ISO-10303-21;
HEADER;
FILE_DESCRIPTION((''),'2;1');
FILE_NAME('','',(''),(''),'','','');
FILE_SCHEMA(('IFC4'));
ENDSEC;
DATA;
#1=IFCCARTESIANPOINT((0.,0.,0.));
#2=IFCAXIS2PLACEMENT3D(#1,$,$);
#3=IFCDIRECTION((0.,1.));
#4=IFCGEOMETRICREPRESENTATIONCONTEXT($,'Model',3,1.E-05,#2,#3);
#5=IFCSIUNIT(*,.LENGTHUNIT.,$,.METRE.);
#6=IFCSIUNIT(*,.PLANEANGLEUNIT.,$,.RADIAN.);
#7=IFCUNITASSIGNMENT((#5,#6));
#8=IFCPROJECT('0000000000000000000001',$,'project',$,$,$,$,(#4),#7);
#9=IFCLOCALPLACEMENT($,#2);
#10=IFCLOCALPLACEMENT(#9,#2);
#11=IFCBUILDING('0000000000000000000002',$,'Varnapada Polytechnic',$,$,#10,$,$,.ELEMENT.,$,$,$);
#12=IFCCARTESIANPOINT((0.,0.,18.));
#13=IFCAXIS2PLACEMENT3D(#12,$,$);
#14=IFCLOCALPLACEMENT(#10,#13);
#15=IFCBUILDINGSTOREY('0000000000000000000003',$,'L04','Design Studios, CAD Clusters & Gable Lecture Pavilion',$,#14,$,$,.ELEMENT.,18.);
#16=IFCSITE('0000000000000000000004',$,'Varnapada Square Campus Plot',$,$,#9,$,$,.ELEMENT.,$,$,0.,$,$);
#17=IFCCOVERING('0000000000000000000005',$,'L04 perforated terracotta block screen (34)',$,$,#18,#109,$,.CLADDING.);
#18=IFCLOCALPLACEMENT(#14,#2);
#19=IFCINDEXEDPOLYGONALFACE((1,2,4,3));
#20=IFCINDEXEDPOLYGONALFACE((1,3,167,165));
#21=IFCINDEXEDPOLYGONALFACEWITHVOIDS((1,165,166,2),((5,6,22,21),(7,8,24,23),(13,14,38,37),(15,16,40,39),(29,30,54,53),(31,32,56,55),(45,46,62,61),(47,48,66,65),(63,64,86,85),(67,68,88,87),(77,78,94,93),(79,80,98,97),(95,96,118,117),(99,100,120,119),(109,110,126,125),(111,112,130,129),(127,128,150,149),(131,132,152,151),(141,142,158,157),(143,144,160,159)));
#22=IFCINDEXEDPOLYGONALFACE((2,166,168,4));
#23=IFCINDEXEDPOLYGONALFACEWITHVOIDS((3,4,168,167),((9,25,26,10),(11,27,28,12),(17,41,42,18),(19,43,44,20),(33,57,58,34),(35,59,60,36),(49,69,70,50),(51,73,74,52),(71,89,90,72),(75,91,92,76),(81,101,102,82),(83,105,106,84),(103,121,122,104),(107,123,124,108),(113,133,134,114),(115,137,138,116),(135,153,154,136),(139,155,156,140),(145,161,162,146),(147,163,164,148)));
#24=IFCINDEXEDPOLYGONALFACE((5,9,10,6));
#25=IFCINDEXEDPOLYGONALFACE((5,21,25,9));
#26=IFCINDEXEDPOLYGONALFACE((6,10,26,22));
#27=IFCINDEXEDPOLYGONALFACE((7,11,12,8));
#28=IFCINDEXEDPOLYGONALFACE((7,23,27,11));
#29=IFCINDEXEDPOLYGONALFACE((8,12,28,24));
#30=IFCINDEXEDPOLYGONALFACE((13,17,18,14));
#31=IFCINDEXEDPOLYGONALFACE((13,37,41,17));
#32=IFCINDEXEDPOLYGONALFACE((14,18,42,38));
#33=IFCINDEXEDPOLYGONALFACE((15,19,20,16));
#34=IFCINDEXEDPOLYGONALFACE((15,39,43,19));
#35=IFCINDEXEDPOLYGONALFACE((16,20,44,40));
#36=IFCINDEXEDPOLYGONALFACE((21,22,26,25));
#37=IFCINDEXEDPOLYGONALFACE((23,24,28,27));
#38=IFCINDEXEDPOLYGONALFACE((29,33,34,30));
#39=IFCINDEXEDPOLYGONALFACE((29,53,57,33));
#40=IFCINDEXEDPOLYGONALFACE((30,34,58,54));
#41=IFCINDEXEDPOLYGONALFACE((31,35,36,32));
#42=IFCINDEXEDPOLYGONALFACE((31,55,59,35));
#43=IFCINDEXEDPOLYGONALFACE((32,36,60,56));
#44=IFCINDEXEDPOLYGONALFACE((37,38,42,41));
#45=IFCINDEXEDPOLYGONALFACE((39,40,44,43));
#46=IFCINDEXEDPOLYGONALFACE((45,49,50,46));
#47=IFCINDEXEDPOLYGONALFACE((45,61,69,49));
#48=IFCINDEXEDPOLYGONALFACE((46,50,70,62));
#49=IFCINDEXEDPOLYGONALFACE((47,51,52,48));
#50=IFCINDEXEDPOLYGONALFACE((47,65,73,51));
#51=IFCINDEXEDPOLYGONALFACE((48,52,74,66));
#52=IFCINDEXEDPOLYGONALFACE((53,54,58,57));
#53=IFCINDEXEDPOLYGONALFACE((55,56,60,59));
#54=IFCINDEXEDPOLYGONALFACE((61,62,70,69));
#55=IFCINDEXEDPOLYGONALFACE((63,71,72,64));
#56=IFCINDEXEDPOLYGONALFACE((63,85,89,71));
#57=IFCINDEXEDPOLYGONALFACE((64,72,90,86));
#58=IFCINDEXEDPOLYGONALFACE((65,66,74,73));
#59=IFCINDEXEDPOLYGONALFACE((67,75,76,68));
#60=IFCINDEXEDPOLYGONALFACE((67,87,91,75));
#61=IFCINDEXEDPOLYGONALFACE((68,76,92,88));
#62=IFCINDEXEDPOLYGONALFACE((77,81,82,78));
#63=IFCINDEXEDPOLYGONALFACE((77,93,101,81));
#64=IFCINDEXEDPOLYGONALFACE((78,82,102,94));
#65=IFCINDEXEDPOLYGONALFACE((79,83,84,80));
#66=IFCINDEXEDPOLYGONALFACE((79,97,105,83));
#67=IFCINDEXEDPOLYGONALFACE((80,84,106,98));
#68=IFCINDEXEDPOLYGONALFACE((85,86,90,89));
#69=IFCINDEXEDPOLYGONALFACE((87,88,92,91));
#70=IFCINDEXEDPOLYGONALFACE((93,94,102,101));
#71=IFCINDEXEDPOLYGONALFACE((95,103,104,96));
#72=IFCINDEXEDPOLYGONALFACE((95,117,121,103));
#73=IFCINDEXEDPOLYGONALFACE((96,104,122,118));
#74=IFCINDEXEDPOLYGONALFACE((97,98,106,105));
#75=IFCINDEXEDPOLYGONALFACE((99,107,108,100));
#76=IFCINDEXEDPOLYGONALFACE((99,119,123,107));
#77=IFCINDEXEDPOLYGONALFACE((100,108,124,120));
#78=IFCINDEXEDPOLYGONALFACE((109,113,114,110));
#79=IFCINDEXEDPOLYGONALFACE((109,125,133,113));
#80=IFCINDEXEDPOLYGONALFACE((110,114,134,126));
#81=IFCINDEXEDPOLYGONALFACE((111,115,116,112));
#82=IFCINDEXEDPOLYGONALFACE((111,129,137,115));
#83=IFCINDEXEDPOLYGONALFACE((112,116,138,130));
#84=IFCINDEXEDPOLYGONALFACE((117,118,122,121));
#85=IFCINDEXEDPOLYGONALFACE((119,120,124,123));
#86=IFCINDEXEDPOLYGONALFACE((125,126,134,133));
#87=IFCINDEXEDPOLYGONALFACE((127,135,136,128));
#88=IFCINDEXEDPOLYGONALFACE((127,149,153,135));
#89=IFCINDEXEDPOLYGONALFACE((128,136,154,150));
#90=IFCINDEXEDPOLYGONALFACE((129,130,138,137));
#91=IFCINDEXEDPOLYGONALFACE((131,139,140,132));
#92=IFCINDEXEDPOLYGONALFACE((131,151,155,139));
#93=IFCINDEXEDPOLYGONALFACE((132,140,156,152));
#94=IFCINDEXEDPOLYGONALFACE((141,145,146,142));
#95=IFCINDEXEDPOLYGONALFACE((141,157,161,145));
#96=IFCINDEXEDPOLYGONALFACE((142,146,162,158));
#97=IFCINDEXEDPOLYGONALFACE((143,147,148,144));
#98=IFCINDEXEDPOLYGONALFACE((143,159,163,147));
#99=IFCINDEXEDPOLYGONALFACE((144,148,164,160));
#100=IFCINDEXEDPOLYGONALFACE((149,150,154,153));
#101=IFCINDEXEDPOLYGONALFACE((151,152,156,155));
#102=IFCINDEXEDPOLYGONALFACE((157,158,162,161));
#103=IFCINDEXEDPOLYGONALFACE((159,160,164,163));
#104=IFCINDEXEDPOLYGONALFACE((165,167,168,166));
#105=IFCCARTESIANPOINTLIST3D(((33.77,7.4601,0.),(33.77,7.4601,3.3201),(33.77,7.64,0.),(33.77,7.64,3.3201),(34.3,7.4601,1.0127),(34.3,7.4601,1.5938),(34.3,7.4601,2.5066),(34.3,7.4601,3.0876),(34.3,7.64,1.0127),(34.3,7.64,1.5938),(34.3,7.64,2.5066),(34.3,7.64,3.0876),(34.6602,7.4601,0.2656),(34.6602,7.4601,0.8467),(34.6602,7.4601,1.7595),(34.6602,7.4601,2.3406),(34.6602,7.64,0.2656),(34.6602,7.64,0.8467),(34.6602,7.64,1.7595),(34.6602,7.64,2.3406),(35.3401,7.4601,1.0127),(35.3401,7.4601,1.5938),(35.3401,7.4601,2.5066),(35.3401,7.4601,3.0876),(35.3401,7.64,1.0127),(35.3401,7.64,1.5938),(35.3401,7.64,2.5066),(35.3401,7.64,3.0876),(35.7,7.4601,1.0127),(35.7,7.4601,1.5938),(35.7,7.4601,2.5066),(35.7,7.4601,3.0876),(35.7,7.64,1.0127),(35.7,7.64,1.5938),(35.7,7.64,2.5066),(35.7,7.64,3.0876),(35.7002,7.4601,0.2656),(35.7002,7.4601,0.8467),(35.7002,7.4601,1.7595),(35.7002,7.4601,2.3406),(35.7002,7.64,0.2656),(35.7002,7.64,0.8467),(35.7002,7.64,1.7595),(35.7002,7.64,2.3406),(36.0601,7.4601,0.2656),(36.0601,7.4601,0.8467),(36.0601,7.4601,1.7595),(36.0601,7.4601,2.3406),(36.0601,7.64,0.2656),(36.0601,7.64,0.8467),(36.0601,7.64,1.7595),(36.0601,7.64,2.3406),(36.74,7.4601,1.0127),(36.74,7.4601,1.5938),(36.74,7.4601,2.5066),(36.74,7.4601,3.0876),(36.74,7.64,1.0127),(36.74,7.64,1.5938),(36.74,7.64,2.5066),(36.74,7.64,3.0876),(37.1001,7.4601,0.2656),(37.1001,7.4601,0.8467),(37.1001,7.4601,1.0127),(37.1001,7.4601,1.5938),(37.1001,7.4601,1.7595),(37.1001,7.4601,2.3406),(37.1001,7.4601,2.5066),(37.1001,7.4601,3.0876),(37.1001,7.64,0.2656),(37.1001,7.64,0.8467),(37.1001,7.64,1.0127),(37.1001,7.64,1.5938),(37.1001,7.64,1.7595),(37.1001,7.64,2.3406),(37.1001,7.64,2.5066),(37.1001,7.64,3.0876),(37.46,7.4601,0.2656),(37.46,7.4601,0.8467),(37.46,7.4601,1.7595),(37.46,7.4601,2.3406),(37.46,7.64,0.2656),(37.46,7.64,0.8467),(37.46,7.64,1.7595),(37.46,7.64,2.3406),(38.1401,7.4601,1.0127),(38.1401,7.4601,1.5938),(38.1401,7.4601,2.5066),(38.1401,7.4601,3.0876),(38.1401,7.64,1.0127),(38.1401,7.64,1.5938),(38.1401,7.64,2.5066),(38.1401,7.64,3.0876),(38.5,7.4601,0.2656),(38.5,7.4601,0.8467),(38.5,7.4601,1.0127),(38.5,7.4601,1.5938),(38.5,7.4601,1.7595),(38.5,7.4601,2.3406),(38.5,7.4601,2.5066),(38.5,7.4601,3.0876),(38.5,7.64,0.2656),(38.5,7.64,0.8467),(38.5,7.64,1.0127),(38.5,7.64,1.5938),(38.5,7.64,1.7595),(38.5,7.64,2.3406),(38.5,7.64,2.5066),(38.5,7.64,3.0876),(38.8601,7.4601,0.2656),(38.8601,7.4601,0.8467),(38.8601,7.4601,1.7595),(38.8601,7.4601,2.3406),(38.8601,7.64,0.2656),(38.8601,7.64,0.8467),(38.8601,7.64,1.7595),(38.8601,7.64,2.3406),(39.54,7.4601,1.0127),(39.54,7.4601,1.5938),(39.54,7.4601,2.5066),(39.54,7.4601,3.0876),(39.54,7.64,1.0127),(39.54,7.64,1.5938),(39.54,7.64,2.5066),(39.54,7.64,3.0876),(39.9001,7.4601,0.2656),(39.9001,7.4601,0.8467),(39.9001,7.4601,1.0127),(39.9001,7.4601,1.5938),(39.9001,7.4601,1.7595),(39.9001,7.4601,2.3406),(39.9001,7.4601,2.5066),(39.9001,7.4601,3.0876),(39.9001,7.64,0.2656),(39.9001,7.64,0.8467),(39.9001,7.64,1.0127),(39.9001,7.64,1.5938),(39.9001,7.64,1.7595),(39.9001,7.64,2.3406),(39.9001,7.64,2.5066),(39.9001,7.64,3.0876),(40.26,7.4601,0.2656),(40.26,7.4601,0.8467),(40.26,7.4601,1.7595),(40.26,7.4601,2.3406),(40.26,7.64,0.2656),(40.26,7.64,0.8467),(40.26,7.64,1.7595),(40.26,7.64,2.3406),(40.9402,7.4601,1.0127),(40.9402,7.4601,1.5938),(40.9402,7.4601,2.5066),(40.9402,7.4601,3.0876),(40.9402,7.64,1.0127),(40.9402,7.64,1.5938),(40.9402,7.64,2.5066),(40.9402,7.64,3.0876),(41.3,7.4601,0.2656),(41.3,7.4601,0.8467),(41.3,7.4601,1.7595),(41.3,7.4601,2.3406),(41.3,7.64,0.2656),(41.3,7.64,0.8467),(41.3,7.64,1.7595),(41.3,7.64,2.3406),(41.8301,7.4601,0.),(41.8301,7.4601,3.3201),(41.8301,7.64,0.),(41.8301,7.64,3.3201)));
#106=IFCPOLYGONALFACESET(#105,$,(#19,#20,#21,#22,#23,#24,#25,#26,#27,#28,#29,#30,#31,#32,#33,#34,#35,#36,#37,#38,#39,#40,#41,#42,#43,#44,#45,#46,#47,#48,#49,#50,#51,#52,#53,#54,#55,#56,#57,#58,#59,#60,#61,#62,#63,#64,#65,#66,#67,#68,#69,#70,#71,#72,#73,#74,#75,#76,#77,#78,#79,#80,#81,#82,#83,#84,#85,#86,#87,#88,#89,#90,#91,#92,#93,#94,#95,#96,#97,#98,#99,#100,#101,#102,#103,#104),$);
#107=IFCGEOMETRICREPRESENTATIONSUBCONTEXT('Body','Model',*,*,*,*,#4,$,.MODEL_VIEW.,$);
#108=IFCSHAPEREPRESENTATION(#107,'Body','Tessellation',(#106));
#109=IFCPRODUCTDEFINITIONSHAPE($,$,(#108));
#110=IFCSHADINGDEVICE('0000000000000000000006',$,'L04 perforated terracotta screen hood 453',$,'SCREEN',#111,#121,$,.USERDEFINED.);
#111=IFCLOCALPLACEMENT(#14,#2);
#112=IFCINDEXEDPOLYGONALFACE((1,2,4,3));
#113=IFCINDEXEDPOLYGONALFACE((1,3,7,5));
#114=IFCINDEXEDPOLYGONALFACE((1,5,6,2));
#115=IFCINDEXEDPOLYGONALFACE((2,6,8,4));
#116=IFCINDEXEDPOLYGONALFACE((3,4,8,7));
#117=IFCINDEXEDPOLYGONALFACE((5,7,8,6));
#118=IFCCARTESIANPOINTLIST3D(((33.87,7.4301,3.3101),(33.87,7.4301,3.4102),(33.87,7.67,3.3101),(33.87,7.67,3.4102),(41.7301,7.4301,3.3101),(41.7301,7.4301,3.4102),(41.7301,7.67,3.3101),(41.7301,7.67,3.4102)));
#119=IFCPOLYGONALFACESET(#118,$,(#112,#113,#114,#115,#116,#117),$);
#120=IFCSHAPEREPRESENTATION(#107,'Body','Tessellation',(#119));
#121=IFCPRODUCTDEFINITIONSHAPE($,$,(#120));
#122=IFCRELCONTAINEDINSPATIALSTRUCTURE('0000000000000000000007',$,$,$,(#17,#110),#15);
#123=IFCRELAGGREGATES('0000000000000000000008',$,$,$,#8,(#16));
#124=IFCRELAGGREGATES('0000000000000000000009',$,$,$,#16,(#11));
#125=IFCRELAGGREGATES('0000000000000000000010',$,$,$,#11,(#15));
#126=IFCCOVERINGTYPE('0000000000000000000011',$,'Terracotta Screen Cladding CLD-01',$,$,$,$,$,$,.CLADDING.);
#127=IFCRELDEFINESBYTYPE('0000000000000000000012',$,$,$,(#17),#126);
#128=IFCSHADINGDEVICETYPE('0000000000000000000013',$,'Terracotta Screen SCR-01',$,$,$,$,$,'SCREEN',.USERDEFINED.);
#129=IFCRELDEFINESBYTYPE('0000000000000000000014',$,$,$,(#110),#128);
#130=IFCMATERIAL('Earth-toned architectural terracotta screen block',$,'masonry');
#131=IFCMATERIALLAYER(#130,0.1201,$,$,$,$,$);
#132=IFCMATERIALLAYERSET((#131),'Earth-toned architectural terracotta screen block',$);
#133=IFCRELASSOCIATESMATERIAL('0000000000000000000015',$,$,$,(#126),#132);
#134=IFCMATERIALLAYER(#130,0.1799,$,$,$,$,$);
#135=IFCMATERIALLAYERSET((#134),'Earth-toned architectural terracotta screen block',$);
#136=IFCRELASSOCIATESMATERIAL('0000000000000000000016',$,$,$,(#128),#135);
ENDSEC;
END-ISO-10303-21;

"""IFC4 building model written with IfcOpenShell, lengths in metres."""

from ifc_helpers import new_model, si_unit, direction, frame, frame_2d, origin, origin_2d, place, context, subcontext, project, spatial, rectangle, extrude, material, layer, layer_set, type_object, element, save


model = new_model("IFC4")

# Units and contexts
model_context = context("Model", 3, precision=1e-05, world=origin(), true_north=direction((0.0, 1.0)))
body_context = subcontext(model_context, "Body", "Model", "MODEL_VIEW")
ifc_project = project(units=[si_unit("LENGTHUNIT", "METRE"), si_unit("PLANEANGLEUNIT", "RADIAN")], contexts=[model_context])

# Site, building, storey
site_placement = place(None, origin())
site = spatial("IfcSite", under=ifc_project, at=site_placement, Name="Varnapada Square Campus Plot", CompositionType="ELEMENT", RefElevation=0.0)
building_placement = place(site_placement, origin())
building = spatial("IfcBuilding", under=site, at=building_placement, Name="Varnapada Polytechnic", CompositionType="ELEMENT")
storey_placement = place(building_placement, frame((0.0, 0.0, 18.0)))
storey = spatial("IfcBuildingStorey", under=building, at=storey_placement, Name="L04", Description="Design Studios, CAD Clusters & Gable Lecture Pavilion", CompositionType="ELEMENT", Elevation=18.0)

# Covering, openings
ifc_material_1 = material(Name="Earth-toned architectural terracotta screen block", Category="masonry")
ifc_layer_1 = layer(ifc_material_1, 0.1201)
ifc_layer_set_1 = layer_set([ifc_layer_1], Name="Earth-toned architectural terracotta screen block")
covering_type = type_object("IfcCoveringType", Name="Terracotta Screen Cladding CLD-01", PredefinedType="CLADDING", material=ifc_layer_set_1)
covering_placement = place(storey_placement, frame((41.8301, 7.55, 0.0), z_axis=(0.0, 0.0, 1.0), x_axis=(-1.0, 0.0, 0.0)))
covering = element("IfcCovering", 1, at=covering_placement, inside=storey, type_object=covering_type, Name="L04 perforated terracotta block screen (34)", PredefinedType="CLADDING", context=body_context, shape_type="SweptSolid", body=[
    extrude(rectangle(XDim=8.0601, YDim=0.1799, at=frame_2d((4.03, 0.0))), origin(), (0.0, 0.0, 1.0), 3.3201),
])
opening_1_placement = place(covering_placement, frame((0.53, 0.0, 0.2656)))
element("IfcOpeningElement", 2, at=opening_1_placement, cuts=covering, PredefinedType="OPENING", context=body_context, shape_type="SweptSolid", body=[
    extrude(rectangle(XDim=1.04, YDim=0.5811, at=frame_2d((0.52, 0.2905))), frame((0.0, 0.0999, 0.0), z_axis=(0.0, -1.0, 0.0), x_axis=(1.0, 0.0, 0.0)), (0.0, 0.0, 1.0), 0.2),
])
opening_2_placement = place(covering_placement, frame((1.9299, 0.0, 0.2656)))
element("IfcOpeningElement", 3, at=opening_2_placement, cuts=covering, PredefinedType="OPENING", context=body_context, shape_type="SweptSolid", body=[
    extrude(rectangle(XDim=1.04, YDim=0.5811, at=frame_2d((0.52, 0.2905))), frame((0.0, 0.0999, 0.0), z_axis=(0.0, -1.0, 0.0), x_axis=(1.0, 0.0, 0.0)), (0.0, 0.0, 1.0), 0.2),
])
opening_3_placement = place(covering_placement, frame((3.3301, 0.0, 0.2656)))
element("IfcOpeningElement", 4, at=opening_3_placement, cuts=covering, PredefinedType="OPENING", context=body_context, shape_type="SweptSolid", body=[
    extrude(rectangle(XDim=1.04, YDim=0.5811, at=frame_2d((0.52, 0.2905))), frame((0.0, 0.0999, 0.0), z_axis=(0.0, -1.0, 0.0), x_axis=(1.0, 0.0, 0.0)), (0.0, 0.0, 1.0), 0.2),
])
opening_4_placement = place(covering_placement, frame((4.73, 0.0, 0.2656)))
element("IfcOpeningElement", 5, at=opening_4_placement, cuts=covering, PredefinedType="OPENING", context=body_context, shape_type="SweptSolid", body=[
    extrude(rectangle(XDim=1.04, YDim=0.5811, at=frame_2d((0.52, 0.2905))), frame((0.0, 0.0999, 0.0), z_axis=(0.0, -1.0, 0.0), x_axis=(1.0, 0.0, 0.0)), (0.0, 0.0, 1.0), 0.2),
])
opening_5_placement = place(covering_placement, frame((6.1299, 0.0, 0.2656)))
element("IfcOpeningElement", 6, at=opening_5_placement, cuts=covering, PredefinedType="OPENING", context=body_context, shape_type="SweptSolid", body=[
    extrude(rectangle(XDim=1.04, YDim=0.5811, at=frame_2d((0.52, 0.2905))), frame((0.0, 0.0999, 0.0), z_axis=(0.0, -1.0, 0.0), x_axis=(1.0, 0.0, 0.0)), (0.0, 0.0, 1.0), 0.2),
])
opening_6_placement = place(covering_placement, frame((0.8899, 0.0, 1.0127)))
element("IfcOpeningElement", 7, at=opening_6_placement, cuts=covering, PredefinedType="OPENING", context=body_context, shape_type="SweptSolid", body=[
    extrude(rectangle(XDim=1.04, YDim=0.5811, at=frame_2d((0.52, 0.2905))), frame((0.0, 0.0999, 0.0), z_axis=(0.0, -1.0, 0.0), x_axis=(1.0, 0.0, 0.0)), (0.0, 0.0, 1.0), 0.2),
])
opening_7_placement = place(covering_placement, frame((2.29, 0.0, 1.0127)))
element("IfcOpeningElement", 8, at=opening_7_placement, cuts=covering, PredefinedType="OPENING", context=body_context, shape_type="SweptSolid", body=[
    extrude(rectangle(XDim=1.04, YDim=0.5811, at=frame_2d((0.52, 0.2905))), frame((0.0, 0.0999, 0.0), z_axis=(0.0, -1.0, 0.0), x_axis=(1.0, 0.0, 0.0)), (0.0, 0.0, 1.0), 0.2),
])
opening_8_placement = place(covering_placement, frame((3.6899, 0.0, 1.0127)))
element("IfcOpeningElement", 9, at=opening_8_placement, cuts=covering, PredefinedType="OPENING", context=body_context, shape_type="SweptSolid", body=[
    extrude(rectangle(XDim=1.04, YDim=0.5811, at=frame_2d((0.52, 0.2905))), frame((0.0, 0.0999, 0.0), z_axis=(0.0, -1.0, 0.0), x_axis=(1.0, 0.0, 0.0)), (0.0, 0.0, 1.0), 0.2),
])
opening_9_placement = place(covering_placement, frame((5.0901, 0.0, 1.0127)))
element("IfcOpeningElement", 10, at=opening_9_placement, cuts=covering, PredefinedType="OPENING", context=body_context, shape_type="SweptSolid", body=[
    extrude(rectangle(XDim=1.04, YDim=0.5811, at=frame_2d((0.52, 0.2905))), frame((0.0, 0.0999, 0.0), z_axis=(0.0, -1.0, 0.0), x_axis=(1.0, 0.0, 0.0)), (0.0, 0.0, 1.0), 0.2),
])
opening_10_placement = place(covering_placement, frame((6.49, 0.0, 1.0127)))
element("IfcOpeningElement", 11, at=opening_10_placement, cuts=covering, PredefinedType="OPENING", context=body_context, shape_type="SweptSolid", body=[
    extrude(rectangle(XDim=1.04, YDim=0.5811, at=frame_2d((0.52, 0.2905))), frame((0.0, 0.0999, 0.0), z_axis=(0.0, -1.0, 0.0), x_axis=(1.0, 0.0, 0.0)), (0.0, 0.0, 1.0), 0.2),
])
opening_11_placement = place(covering_placement, frame((0.53, 0.0, 1.7595)))
element("IfcOpeningElement", 12, at=opening_11_placement, cuts=covering, PredefinedType="OPENING", context=body_context, shape_type="SweptSolid", body=[
    extrude(rectangle(XDim=1.04, YDim=0.5811, at=frame_2d((0.52, 0.2905))), frame((0.0, 0.0999, 0.0), z_axis=(0.0, -1.0, 0.0), x_axis=(1.0, 0.0, 0.0)), (0.0, 0.0, 1.0), 0.2),
])
opening_12_placement = place(covering_placement, frame((1.9299, 0.0, 1.7595)))
element("IfcOpeningElement", 13, at=opening_12_placement, cuts=covering, PredefinedType="OPENING", context=body_context, shape_type="SweptSolid", body=[
    extrude(rectangle(XDim=1.04, YDim=0.5811, at=frame_2d((0.52, 0.2905))), frame((0.0, 0.0999, 0.0), z_axis=(0.0, -1.0, 0.0), x_axis=(1.0, 0.0, 0.0)), (0.0, 0.0, 1.0), 0.2),
])
opening_13_placement = place(covering_placement, frame((3.3301, 0.0, 1.7595)))
element("IfcOpeningElement", 14, at=opening_13_placement, cuts=covering, PredefinedType="OPENING", context=body_context, shape_type="SweptSolid", body=[
    extrude(rectangle(XDim=1.04, YDim=0.5811, at=frame_2d((0.52, 0.2905))), frame((0.0, 0.0999, 0.0), z_axis=(0.0, -1.0, 0.0), x_axis=(1.0, 0.0, 0.0)), (0.0, 0.0, 1.0), 0.2),
])
opening_14_placement = place(covering_placement, frame((4.73, 0.0, 1.7595)))
element("IfcOpeningElement", 15, at=opening_14_placement, cuts=covering, PredefinedType="OPENING", context=body_context, shape_type="SweptSolid", body=[
    extrude(rectangle(XDim=1.04, YDim=0.5811, at=frame_2d((0.52, 0.2905))), frame((0.0, 0.0999, 0.0), z_axis=(0.0, -1.0, 0.0), x_axis=(1.0, 0.0, 0.0)), (0.0, 0.0, 1.0), 0.2),
])
opening_15_placement = place(covering_placement, frame((6.1299, 0.0, 1.7595)))
element("IfcOpeningElement", 16, at=opening_15_placement, cuts=covering, PredefinedType="OPENING", context=body_context, shape_type="SweptSolid", body=[
    extrude(rectangle(XDim=1.04, YDim=0.5811, at=frame_2d((0.52, 0.2905))), frame((0.0, 0.0999, 0.0), z_axis=(0.0, -1.0, 0.0), x_axis=(1.0, 0.0, 0.0)), (0.0, 0.0, 1.0), 0.2),
])
opening_16_placement = place(covering_placement, frame((0.8899, 0.0, 2.5066)))
element("IfcOpeningElement", 17, at=opening_16_placement, cuts=covering, PredefinedType="OPENING", context=body_context, shape_type="SweptSolid", body=[
    extrude(rectangle(XDim=1.04, YDim=0.5811, at=frame_2d((0.52, 0.2905))), frame((0.0, 0.0999, 0.0), z_axis=(0.0, -1.0, 0.0), x_axis=(1.0, 0.0, 0.0)), (0.0, 0.0, 1.0), 0.2),
])
opening_17_placement = place(covering_placement, frame((2.29, 0.0, 2.5066)))
element("IfcOpeningElement", 18, at=opening_17_placement, cuts=covering, PredefinedType="OPENING", context=body_context, shape_type="SweptSolid", body=[
    extrude(rectangle(XDim=1.04, YDim=0.5811, at=frame_2d((0.52, 0.2905))), frame((0.0, 0.0999, 0.0), z_axis=(0.0, -1.0, 0.0), x_axis=(1.0, 0.0, 0.0)), (0.0, 0.0, 1.0), 0.2),
])
opening_18_placement = place(covering_placement, frame((3.6899, 0.0, 2.5066)))
element("IfcOpeningElement", 19, at=opening_18_placement, cuts=covering, PredefinedType="OPENING", context=body_context, shape_type="SweptSolid", body=[
    extrude(rectangle(XDim=1.04, YDim=0.5811, at=frame_2d((0.52, 0.2905))), frame((0.0, 0.0999, 0.0), z_axis=(0.0, -1.0, 0.0), x_axis=(1.0, 0.0, 0.0)), (0.0, 0.0, 1.0), 0.2),
])
opening_19_placement = place(covering_placement, frame((5.0901, 0.0, 2.5066)))
element("IfcOpeningElement", 20, at=opening_19_placement, cuts=covering, PredefinedType="OPENING", context=body_context, shape_type="SweptSolid", body=[
    extrude(rectangle(XDim=1.04, YDim=0.5811, at=frame_2d((0.52, 0.2905))), frame((0.0, 0.0999, 0.0), z_axis=(0.0, -1.0, 0.0), x_axis=(1.0, 0.0, 0.0)), (0.0, 0.0, 1.0), 0.2),
])
opening_20_placement = place(covering_placement, frame((6.49, 0.0, 2.5066)))
element("IfcOpeningElement", 21, at=opening_20_placement, cuts=covering, PredefinedType="OPENING", context=body_context, shape_type="SweptSolid", body=[
    extrude(rectangle(XDim=1.04, YDim=0.5811, at=frame_2d((0.52, 0.2905))), frame((0.0, 0.0999, 0.0), z_axis=(0.0, -1.0, 0.0), x_axis=(1.0, 0.0, 0.0)), (0.0, 0.0, 1.0), 0.2),
])

# Shading device
ifc_layer_2 = layer(ifc_material_1, 0.1799)
ifc_layer_set_2 = layer_set([ifc_layer_2], Name="Earth-toned architectural terracotta screen block")
shading_device_type_1 = type_object("IfcShadingDeviceType", Name="Terracotta Screen SCR-01", ElementType="SCREEN", PredefinedType="USERDEFINED", material=ifc_layer_set_2)
shading_device_1_placement = place(storey_placement, frame((37.8, 7.55, 3.3101), z_axis=(0.0, 0.0, 1.0), x_axis=(-1.0, 0.0, 0.0)))
element("IfcShadingDevice", 22, at=shading_device_1_placement, inside=storey, type_object=shading_device_type_1, Name="L04 perforated terracotta screen hood 453", ObjectType="SCREEN", PredefinedType="USERDEFINED", context=body_context, shape_type="SweptSolid", body=[
    extrude(rectangle(XDim=7.8601, YDim=0.24, at=origin_2d()), origin(), (0.0, 0.0, 1.0), 0.1001),
])

save(model, "model.ifc")
